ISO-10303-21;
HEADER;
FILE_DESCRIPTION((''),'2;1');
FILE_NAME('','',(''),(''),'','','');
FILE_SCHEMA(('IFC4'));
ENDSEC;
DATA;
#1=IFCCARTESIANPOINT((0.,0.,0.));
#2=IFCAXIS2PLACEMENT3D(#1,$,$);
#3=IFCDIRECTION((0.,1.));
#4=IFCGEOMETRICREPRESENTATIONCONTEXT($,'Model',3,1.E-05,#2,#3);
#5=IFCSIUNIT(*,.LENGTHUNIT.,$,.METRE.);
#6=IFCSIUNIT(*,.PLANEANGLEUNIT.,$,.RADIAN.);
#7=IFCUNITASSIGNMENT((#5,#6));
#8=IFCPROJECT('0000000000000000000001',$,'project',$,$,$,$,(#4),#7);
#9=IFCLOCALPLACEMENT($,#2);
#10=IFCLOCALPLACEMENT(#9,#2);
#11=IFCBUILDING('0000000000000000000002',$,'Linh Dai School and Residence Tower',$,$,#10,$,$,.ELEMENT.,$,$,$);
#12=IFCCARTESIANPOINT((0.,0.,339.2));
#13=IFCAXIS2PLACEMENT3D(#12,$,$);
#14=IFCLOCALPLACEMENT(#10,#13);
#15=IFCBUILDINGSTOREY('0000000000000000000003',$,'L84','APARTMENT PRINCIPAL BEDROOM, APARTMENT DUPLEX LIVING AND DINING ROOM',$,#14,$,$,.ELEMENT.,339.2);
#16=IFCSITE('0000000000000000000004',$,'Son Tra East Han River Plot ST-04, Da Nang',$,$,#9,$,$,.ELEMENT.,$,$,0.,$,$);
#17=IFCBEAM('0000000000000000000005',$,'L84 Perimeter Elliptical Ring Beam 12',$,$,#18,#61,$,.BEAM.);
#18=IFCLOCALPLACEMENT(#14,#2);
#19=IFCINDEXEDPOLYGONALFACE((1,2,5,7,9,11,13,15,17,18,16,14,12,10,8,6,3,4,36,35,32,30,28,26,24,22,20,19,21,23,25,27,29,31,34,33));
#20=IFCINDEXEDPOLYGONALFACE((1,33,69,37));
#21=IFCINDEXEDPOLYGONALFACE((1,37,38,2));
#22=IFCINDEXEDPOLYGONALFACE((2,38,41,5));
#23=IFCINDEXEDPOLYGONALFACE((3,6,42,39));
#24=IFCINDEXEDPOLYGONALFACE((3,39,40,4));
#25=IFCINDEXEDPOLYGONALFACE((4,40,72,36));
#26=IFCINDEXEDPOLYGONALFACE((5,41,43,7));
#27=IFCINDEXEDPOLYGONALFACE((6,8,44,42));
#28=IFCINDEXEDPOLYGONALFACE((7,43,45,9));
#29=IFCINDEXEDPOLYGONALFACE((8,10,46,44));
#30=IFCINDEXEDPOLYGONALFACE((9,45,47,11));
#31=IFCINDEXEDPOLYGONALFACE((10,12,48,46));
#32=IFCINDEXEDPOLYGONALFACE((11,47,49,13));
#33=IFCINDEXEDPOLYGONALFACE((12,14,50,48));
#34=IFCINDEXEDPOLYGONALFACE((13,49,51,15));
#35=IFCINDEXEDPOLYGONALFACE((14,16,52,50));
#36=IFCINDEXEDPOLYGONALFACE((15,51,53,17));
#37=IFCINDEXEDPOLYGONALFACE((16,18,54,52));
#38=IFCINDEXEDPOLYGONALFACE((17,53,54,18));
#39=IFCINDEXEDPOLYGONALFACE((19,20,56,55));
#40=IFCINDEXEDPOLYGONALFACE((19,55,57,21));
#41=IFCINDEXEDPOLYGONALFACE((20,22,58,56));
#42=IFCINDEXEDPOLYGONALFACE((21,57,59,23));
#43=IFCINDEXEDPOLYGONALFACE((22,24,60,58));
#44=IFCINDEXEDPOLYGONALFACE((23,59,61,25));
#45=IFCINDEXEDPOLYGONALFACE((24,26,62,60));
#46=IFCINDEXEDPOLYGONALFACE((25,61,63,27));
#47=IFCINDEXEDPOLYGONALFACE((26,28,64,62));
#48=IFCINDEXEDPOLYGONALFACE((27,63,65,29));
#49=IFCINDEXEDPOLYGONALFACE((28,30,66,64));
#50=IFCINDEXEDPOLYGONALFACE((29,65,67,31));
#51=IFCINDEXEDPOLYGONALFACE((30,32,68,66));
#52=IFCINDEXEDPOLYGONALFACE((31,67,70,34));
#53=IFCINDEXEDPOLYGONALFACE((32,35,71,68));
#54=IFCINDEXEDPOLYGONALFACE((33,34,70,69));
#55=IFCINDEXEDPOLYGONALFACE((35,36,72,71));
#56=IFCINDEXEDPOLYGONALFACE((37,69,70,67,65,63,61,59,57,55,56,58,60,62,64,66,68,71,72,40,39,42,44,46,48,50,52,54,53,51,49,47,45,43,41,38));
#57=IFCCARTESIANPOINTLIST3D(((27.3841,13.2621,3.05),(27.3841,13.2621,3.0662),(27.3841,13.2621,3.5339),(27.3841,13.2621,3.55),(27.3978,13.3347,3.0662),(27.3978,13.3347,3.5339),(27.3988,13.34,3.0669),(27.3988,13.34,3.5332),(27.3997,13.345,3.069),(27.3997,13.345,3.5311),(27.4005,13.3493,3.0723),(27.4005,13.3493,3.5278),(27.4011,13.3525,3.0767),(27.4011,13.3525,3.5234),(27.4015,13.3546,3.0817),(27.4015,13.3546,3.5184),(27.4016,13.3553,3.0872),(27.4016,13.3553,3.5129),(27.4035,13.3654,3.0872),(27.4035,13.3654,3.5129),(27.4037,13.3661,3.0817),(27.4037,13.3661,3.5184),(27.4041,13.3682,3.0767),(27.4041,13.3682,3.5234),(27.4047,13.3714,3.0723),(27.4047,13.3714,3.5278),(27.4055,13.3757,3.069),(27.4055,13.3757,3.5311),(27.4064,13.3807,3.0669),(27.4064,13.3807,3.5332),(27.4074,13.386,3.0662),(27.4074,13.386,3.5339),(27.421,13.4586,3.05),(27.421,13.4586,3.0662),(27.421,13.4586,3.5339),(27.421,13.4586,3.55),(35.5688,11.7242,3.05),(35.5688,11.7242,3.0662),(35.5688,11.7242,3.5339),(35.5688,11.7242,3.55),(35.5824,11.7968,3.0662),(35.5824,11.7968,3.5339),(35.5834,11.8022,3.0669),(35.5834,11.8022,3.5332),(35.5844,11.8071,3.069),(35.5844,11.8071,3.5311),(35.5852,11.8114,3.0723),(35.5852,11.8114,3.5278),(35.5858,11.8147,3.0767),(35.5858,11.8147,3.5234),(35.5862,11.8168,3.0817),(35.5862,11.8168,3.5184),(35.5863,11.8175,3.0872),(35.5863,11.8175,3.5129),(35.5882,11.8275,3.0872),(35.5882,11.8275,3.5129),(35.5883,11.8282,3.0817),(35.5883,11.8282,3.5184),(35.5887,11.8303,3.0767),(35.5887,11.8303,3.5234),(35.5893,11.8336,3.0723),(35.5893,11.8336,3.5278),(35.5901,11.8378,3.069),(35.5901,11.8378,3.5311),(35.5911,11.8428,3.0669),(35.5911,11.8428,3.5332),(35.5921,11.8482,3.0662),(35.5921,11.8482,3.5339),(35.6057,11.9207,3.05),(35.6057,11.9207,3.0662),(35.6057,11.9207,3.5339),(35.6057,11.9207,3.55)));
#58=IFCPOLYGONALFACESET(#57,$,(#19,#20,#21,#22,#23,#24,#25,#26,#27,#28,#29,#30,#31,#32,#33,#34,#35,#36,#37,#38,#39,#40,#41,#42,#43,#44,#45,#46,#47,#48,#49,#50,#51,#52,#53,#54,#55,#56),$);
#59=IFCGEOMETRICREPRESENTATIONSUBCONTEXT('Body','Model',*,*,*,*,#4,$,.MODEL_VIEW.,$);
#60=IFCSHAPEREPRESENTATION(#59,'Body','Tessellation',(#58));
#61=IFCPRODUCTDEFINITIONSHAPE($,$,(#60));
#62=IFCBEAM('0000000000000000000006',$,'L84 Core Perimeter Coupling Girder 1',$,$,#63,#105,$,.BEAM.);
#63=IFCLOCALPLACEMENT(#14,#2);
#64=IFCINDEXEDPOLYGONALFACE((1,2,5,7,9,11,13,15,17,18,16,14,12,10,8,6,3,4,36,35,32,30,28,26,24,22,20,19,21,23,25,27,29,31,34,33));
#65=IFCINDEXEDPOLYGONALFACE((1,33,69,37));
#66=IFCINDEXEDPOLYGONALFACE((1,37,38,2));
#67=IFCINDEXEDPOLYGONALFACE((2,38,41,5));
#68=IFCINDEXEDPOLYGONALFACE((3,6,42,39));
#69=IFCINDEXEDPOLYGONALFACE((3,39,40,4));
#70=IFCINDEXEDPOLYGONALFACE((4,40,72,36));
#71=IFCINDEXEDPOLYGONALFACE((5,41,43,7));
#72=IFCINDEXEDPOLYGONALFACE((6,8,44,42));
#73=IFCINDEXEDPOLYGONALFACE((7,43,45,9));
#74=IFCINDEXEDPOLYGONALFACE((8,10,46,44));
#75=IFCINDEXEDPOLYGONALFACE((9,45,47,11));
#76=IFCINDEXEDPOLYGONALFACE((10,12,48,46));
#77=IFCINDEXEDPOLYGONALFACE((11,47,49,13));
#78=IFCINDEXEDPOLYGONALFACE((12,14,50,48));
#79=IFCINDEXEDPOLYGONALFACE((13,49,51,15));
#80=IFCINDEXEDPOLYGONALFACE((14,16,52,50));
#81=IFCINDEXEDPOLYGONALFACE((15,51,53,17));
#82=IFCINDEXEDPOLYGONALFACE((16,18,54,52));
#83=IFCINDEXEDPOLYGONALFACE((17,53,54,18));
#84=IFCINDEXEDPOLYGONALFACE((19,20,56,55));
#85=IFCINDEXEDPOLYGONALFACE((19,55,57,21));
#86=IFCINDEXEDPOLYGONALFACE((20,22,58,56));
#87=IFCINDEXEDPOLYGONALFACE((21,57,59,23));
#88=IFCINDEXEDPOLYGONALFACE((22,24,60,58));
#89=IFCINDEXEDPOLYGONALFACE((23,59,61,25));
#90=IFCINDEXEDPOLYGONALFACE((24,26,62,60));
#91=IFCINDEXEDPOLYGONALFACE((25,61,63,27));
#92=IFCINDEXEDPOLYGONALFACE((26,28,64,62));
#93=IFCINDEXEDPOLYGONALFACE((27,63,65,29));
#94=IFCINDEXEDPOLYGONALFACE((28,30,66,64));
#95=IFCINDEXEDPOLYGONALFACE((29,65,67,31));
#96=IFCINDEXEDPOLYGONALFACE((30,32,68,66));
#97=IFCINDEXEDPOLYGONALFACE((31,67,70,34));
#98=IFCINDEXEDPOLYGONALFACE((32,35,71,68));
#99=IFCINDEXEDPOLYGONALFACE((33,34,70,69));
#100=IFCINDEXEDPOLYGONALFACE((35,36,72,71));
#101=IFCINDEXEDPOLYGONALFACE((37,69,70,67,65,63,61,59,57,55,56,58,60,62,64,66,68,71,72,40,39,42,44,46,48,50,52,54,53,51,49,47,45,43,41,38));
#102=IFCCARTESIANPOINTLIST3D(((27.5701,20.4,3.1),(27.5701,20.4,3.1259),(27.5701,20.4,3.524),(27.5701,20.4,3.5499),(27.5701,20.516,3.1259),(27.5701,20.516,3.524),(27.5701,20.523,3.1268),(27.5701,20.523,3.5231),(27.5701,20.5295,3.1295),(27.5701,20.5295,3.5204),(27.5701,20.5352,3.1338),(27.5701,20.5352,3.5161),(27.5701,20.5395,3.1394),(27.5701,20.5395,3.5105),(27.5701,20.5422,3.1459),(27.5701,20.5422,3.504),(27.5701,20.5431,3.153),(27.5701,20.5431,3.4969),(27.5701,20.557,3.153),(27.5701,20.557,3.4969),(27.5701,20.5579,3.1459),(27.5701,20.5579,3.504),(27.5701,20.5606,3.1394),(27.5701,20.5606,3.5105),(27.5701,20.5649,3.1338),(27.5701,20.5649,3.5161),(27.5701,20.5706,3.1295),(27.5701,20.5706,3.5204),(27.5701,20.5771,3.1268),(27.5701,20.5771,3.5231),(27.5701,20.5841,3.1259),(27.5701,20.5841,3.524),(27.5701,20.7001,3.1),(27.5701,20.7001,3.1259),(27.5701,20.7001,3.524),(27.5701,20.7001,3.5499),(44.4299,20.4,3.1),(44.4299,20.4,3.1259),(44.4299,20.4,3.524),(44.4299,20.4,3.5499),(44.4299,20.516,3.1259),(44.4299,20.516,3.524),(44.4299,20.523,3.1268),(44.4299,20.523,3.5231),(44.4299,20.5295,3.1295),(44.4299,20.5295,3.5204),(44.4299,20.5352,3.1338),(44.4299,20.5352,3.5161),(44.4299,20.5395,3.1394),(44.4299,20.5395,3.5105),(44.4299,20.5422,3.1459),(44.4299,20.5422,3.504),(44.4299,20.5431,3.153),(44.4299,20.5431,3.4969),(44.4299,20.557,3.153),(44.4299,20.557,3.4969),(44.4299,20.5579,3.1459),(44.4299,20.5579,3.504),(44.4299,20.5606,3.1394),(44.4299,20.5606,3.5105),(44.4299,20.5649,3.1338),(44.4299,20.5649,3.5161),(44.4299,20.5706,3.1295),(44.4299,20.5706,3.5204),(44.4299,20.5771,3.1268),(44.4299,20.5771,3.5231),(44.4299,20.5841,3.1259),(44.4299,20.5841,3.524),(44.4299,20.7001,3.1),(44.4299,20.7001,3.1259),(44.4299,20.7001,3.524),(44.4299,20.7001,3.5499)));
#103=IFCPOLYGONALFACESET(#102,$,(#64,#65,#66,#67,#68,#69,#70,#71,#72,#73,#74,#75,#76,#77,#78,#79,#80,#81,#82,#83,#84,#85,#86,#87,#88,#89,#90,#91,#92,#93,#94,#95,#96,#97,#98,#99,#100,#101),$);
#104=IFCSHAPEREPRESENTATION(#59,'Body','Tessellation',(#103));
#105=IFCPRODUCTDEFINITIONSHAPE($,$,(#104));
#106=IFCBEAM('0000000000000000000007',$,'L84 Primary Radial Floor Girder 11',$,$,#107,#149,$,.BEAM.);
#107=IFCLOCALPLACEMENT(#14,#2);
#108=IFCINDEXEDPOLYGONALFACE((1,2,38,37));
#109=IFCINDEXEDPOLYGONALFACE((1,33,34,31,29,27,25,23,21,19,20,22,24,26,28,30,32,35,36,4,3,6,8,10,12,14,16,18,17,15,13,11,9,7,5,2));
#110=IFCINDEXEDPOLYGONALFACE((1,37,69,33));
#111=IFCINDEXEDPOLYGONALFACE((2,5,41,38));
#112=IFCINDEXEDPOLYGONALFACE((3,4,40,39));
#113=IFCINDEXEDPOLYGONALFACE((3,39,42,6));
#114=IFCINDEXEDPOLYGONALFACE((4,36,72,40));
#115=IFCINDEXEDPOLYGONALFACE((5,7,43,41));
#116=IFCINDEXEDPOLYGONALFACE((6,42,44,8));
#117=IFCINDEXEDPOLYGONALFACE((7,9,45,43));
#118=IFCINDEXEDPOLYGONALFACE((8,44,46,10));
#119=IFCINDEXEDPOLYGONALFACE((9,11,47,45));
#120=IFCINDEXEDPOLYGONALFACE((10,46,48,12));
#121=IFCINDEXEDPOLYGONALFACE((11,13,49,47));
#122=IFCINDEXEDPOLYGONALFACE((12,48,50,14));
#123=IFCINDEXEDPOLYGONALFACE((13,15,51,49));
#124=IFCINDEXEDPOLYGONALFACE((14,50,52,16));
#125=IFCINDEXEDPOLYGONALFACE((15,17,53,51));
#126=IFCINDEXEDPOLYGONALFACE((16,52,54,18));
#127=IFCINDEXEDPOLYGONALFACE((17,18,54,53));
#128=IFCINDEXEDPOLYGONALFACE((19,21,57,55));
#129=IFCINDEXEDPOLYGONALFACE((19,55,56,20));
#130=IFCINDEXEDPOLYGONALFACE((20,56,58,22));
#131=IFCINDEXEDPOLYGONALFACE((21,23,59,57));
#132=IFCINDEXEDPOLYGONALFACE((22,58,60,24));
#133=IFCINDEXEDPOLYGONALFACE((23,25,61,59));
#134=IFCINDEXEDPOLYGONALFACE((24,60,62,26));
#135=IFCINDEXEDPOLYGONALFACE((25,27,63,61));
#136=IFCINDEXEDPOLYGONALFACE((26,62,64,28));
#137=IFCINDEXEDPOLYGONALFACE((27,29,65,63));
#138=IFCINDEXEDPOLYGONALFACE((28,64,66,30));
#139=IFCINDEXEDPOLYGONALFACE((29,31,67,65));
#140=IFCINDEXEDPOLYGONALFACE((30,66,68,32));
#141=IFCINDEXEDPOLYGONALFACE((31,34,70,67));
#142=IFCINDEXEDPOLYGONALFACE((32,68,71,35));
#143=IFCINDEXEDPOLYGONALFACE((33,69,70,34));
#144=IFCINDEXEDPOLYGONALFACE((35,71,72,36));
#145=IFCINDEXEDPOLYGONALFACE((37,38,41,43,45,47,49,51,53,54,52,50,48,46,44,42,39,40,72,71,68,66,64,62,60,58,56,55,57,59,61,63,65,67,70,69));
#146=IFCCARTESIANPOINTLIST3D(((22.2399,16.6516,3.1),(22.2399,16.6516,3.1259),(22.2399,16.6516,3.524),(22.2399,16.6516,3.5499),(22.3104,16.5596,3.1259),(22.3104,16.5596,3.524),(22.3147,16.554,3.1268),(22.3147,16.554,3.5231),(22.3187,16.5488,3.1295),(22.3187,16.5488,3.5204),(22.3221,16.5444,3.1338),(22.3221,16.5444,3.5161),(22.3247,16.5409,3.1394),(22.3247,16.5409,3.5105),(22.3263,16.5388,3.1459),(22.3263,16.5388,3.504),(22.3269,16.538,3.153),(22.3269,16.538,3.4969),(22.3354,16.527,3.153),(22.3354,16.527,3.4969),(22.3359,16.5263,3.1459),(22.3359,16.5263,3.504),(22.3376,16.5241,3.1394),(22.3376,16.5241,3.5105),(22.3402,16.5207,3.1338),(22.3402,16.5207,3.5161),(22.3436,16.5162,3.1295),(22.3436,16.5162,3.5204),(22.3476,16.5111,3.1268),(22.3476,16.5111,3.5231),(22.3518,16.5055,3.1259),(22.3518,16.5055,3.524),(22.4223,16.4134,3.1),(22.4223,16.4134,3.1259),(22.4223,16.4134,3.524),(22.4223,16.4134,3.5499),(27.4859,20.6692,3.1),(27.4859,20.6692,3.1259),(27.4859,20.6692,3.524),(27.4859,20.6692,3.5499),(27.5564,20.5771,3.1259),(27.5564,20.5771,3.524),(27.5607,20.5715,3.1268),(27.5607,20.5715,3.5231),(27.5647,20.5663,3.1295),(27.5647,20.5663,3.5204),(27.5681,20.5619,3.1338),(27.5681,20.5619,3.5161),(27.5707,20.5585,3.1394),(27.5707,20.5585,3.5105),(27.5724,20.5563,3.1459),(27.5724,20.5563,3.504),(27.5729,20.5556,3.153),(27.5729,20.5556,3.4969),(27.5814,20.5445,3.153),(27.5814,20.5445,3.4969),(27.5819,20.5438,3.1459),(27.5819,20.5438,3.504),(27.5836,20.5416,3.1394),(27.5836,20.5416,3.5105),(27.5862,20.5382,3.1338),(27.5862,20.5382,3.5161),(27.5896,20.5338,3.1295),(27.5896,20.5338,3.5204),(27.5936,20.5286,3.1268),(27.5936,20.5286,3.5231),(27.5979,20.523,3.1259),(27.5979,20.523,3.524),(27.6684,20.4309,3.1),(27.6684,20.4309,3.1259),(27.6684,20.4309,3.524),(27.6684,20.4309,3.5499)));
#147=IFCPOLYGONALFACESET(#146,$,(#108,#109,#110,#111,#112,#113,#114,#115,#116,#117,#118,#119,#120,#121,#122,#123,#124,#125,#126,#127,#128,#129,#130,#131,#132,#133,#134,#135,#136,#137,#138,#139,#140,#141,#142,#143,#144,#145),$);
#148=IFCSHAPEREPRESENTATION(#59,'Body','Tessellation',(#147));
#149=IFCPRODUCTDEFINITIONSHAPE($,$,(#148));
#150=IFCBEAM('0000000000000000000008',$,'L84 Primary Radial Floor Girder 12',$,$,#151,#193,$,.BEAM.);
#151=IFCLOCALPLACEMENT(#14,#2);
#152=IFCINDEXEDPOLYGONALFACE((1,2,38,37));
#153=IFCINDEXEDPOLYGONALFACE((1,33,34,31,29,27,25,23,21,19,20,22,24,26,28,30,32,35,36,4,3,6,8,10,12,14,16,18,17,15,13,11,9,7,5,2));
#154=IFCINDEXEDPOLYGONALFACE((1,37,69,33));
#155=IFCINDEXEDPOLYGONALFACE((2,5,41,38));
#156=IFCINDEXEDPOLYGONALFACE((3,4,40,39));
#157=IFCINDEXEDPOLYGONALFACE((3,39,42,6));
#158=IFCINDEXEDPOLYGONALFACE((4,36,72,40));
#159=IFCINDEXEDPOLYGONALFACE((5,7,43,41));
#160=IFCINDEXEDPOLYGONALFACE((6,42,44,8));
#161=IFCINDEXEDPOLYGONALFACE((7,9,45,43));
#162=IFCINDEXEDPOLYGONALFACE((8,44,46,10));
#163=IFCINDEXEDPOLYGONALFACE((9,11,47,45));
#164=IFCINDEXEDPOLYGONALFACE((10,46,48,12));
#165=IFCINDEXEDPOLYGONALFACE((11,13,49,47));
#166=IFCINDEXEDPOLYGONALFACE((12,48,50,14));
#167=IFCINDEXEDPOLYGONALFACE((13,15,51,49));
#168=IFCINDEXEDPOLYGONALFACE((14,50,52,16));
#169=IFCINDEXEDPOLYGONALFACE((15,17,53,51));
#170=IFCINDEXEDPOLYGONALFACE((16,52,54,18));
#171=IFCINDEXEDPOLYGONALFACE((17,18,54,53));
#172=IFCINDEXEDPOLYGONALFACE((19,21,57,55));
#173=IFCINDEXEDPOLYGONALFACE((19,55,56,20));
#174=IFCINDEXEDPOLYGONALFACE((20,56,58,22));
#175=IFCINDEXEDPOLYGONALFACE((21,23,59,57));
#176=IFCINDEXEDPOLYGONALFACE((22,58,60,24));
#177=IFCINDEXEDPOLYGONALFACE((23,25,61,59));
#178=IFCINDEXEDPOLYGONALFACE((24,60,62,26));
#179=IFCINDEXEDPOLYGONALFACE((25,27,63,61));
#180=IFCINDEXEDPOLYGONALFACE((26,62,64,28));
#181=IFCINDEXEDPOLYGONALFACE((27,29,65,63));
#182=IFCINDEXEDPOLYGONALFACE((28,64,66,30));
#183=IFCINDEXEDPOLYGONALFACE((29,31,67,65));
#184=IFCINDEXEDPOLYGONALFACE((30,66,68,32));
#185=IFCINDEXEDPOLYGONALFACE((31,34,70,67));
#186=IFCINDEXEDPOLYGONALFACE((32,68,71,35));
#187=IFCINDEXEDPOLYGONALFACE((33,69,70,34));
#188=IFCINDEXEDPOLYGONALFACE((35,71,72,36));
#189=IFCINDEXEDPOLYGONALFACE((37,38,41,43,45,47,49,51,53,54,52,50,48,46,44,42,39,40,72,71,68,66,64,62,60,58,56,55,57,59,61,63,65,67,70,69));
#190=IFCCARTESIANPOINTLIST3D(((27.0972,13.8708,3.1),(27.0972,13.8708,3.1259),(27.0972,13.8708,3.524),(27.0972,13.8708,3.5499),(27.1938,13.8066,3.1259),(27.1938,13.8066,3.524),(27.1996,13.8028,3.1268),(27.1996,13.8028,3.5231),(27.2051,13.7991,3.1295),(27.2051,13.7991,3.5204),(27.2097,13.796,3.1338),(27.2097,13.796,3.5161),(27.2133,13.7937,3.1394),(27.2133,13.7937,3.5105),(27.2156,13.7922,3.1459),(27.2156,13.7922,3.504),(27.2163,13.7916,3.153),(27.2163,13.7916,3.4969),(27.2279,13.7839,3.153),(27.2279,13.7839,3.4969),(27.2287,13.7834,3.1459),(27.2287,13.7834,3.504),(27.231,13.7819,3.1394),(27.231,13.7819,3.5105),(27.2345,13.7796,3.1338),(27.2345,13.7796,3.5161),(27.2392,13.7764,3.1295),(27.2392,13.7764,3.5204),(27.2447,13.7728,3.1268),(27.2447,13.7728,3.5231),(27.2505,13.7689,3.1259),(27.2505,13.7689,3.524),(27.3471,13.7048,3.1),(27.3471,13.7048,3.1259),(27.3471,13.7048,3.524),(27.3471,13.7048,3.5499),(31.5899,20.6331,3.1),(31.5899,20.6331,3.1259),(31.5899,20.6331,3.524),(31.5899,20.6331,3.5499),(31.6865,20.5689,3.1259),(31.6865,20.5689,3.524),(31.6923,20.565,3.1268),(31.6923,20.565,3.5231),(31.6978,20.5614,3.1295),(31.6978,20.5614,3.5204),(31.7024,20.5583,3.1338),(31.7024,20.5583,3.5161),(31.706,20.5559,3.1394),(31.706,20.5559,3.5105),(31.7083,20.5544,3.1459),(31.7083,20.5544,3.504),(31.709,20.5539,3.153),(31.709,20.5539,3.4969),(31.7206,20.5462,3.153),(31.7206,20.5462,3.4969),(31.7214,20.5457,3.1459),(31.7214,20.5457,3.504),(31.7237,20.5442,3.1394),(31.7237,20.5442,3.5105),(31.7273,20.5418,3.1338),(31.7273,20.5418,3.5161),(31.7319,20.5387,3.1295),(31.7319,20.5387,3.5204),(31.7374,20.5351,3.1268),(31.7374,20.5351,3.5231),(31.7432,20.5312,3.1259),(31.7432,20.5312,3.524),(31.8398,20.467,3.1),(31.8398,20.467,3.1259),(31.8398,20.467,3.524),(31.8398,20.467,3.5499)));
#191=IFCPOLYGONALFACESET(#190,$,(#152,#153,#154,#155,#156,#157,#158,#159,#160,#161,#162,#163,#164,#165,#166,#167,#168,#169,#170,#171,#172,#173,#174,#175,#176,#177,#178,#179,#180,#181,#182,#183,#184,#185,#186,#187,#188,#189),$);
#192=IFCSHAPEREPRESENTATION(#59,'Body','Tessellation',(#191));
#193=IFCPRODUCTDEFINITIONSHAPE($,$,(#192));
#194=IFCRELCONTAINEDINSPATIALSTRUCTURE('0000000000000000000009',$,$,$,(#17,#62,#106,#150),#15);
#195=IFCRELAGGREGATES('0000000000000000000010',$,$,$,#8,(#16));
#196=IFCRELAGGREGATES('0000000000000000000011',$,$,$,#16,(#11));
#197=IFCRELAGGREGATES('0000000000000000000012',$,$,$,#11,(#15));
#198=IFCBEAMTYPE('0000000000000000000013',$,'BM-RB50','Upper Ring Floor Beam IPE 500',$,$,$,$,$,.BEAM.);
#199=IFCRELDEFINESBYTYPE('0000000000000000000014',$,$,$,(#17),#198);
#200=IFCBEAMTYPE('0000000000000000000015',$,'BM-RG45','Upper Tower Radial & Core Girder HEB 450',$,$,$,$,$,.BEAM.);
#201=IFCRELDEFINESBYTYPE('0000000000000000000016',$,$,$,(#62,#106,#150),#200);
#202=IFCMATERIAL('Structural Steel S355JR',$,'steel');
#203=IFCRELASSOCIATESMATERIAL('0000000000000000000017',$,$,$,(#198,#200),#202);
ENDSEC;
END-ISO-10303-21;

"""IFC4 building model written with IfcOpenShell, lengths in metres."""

from ifc_helpers import new_model, si_unit, direction, frame, origin, origin_2d, place, context, subcontext, project, spatial, i_section, extrude, material, material_profile, profile_set, type_object, element, save


model = new_model("IFC4")

# Units and contexts
model_context = context("Model", 3, precision=1e-05, world=origin(), true_north=direction((0.0, 1.0)))
body_context = subcontext(model_context, "Body", "Model", "MODEL_VIEW")
ifc_project = project(units=[si_unit("LENGTHUNIT", "METRE"), si_unit("PLANEANGLEUNIT", "RADIAN")], contexts=[model_context])

# Site, building, storey
site_placement = place(None, origin())
site = spatial("IfcSite", under=ifc_project, at=site_placement, Name="Son Tra East Han River Plot ST-04, Da Nang", CompositionType="ELEMENT", RefElevation=0.0)
building_placement = place(site_placement, origin())
building = spatial("IfcBuilding", under=site, at=building_placement, Name="Linh Dai School and Residence Tower", CompositionType="ELEMENT")
storey_placement = place(building_placement, frame((0.0, 0.0, 339.2)))
storey = spatial("IfcBuildingStorey", under=building, at=storey_placement, Name="L84", Description="APARTMENT PRINCIPAL BEDROOM, APARTMENT DUPLEX LIVING AND DINING ROOM", CompositionType="ELEMENT", Elevation=339.2)

# Shared definitions
ifc_material_1 = material(Name="Structural Steel S355JR", Category="steel")

# Beams
ifc_material_profile_1 = material_profile(ifc_material_1, i_section(OverallWidth=0.2, OverallDepth=0.5, WebThickness=0.0103, FlangeThickness=0.0161, FilletRadius=0.021, at=origin_2d()), Name="IPE 500")
ifc_profile_set_1 = profile_set([ifc_material_profile_1], Name="Structural Steel S355JR")
beam_type_1 = type_object("IfcBeamType", Name="BM-RB50", Description="Upper Ring Floor Beam IPE 500", PredefinedType="BEAM", material=ifc_profile_set_1)
beam_1_placement = place(storey_placement, frame((27.4026, 13.3604, 3.3), z_axis=(0.982802, -0.184664, 0.0), x_axis=(0.184664, 0.982802, 0.0)))
element("IfcBeam", 1, at=beam_1_placement, inside=storey, type_object=beam_type_1, Name="L84 Perimeter Elliptical Ring Beam 12", PredefinedType="BEAM", context=body_context, shape_type="SweptSolid", body=[
    extrude(i_section(OverallWidth=0.2, OverallDepth=0.5, WebThickness=0.0103, FlangeThickness=0.0161, FilletRadius=0.021, at=origin_2d()), origin(), (0.0, 0.0, 1.0), 8.3279),
])
ifc_material_profile_2 = material_profile(ifc_material_1, i_section(OverallWidth=0.3, OverallDepth=0.45, WebThickness=0.0139, FlangeThickness=0.0259, FilletRadius=0.0271, at=origin_2d()), Name="HEB 450")
ifc_profile_set_2 = profile_set([ifc_material_profile_2], Name="Structural Steel S355JR")
beam_type_2 = type_object("IfcBeamType", Name="BM-RG45", Description="Upper Tower Radial & Core Girder HEB 450", PredefinedType="BEAM", material=ifc_profile_set_2)
beam_2_placement = place(storey_placement, frame((27.5701, 20.55, 3.325), z_axis=(1.0, 0.0, 0.0), x_axis=(0.0, 1.0, 0.0)))
element("IfcBeam", 2, at=beam_2_placement, inside=storey, type_object=beam_type_2, Name="L84 Core Perimeter Coupling Girder 1", PredefinedType="BEAM", context=body_context, shape_type="SweptSolid", body=[
    extrude(i_section(OverallWidth=0.3, OverallDepth=0.45, WebThickness=0.0139, FlangeThickness=0.0259, FilletRadius=0.0271, at=origin_2d()), origin(), (0.0, 0.0, 1.0), 16.8599),
])
beam_3_placement = place(storey_placement, frame((27.5771, 20.55, 3.325), z_axis=(-0.79393, -0.608009, 0.0), x_axis=(0.608009, -0.79393, 0.0)))
element("IfcBeam", 3, at=beam_3_placement, inside=storey, type_object=beam_type_2, Name="L84 Primary Radial Floor Girder 11", PredefinedType="BEAM", context=body_context, shape_type="SweptSolid", body=[
    extrude(i_section(OverallWidth=0.3, OverallDepth=0.45, WebThickness=0.0139, FlangeThickness=0.0259, FilletRadius=0.0271, at=origin_2d()), origin(), (0.0, 0.0, 1.0), 6.6077),
])
beam_4_placement = place(storey_placement, frame((31.7148, 20.55, 3.325), z_axis=(-0.553381, -0.832928, 0.0), x_axis=(0.832928, -0.553381, 0.0)))
element("IfcBeam", 4, at=beam_4_placement, inside=storey, type_object=beam_type_2, Name="L84 Primary Radial Floor Girder 12", PredefinedType="BEAM", context=body_context, shape_type="SweptSolid", body=[
    extrude(i_section(OverallWidth=0.3, OverallDepth=0.45, WebThickness=0.0139, FlangeThickness=0.0259, FilletRadius=0.0271, at=origin_2d()), origin(), (0.0, 0.0, 1.0), 8.1187),
])

save(model, "model.ifc")
